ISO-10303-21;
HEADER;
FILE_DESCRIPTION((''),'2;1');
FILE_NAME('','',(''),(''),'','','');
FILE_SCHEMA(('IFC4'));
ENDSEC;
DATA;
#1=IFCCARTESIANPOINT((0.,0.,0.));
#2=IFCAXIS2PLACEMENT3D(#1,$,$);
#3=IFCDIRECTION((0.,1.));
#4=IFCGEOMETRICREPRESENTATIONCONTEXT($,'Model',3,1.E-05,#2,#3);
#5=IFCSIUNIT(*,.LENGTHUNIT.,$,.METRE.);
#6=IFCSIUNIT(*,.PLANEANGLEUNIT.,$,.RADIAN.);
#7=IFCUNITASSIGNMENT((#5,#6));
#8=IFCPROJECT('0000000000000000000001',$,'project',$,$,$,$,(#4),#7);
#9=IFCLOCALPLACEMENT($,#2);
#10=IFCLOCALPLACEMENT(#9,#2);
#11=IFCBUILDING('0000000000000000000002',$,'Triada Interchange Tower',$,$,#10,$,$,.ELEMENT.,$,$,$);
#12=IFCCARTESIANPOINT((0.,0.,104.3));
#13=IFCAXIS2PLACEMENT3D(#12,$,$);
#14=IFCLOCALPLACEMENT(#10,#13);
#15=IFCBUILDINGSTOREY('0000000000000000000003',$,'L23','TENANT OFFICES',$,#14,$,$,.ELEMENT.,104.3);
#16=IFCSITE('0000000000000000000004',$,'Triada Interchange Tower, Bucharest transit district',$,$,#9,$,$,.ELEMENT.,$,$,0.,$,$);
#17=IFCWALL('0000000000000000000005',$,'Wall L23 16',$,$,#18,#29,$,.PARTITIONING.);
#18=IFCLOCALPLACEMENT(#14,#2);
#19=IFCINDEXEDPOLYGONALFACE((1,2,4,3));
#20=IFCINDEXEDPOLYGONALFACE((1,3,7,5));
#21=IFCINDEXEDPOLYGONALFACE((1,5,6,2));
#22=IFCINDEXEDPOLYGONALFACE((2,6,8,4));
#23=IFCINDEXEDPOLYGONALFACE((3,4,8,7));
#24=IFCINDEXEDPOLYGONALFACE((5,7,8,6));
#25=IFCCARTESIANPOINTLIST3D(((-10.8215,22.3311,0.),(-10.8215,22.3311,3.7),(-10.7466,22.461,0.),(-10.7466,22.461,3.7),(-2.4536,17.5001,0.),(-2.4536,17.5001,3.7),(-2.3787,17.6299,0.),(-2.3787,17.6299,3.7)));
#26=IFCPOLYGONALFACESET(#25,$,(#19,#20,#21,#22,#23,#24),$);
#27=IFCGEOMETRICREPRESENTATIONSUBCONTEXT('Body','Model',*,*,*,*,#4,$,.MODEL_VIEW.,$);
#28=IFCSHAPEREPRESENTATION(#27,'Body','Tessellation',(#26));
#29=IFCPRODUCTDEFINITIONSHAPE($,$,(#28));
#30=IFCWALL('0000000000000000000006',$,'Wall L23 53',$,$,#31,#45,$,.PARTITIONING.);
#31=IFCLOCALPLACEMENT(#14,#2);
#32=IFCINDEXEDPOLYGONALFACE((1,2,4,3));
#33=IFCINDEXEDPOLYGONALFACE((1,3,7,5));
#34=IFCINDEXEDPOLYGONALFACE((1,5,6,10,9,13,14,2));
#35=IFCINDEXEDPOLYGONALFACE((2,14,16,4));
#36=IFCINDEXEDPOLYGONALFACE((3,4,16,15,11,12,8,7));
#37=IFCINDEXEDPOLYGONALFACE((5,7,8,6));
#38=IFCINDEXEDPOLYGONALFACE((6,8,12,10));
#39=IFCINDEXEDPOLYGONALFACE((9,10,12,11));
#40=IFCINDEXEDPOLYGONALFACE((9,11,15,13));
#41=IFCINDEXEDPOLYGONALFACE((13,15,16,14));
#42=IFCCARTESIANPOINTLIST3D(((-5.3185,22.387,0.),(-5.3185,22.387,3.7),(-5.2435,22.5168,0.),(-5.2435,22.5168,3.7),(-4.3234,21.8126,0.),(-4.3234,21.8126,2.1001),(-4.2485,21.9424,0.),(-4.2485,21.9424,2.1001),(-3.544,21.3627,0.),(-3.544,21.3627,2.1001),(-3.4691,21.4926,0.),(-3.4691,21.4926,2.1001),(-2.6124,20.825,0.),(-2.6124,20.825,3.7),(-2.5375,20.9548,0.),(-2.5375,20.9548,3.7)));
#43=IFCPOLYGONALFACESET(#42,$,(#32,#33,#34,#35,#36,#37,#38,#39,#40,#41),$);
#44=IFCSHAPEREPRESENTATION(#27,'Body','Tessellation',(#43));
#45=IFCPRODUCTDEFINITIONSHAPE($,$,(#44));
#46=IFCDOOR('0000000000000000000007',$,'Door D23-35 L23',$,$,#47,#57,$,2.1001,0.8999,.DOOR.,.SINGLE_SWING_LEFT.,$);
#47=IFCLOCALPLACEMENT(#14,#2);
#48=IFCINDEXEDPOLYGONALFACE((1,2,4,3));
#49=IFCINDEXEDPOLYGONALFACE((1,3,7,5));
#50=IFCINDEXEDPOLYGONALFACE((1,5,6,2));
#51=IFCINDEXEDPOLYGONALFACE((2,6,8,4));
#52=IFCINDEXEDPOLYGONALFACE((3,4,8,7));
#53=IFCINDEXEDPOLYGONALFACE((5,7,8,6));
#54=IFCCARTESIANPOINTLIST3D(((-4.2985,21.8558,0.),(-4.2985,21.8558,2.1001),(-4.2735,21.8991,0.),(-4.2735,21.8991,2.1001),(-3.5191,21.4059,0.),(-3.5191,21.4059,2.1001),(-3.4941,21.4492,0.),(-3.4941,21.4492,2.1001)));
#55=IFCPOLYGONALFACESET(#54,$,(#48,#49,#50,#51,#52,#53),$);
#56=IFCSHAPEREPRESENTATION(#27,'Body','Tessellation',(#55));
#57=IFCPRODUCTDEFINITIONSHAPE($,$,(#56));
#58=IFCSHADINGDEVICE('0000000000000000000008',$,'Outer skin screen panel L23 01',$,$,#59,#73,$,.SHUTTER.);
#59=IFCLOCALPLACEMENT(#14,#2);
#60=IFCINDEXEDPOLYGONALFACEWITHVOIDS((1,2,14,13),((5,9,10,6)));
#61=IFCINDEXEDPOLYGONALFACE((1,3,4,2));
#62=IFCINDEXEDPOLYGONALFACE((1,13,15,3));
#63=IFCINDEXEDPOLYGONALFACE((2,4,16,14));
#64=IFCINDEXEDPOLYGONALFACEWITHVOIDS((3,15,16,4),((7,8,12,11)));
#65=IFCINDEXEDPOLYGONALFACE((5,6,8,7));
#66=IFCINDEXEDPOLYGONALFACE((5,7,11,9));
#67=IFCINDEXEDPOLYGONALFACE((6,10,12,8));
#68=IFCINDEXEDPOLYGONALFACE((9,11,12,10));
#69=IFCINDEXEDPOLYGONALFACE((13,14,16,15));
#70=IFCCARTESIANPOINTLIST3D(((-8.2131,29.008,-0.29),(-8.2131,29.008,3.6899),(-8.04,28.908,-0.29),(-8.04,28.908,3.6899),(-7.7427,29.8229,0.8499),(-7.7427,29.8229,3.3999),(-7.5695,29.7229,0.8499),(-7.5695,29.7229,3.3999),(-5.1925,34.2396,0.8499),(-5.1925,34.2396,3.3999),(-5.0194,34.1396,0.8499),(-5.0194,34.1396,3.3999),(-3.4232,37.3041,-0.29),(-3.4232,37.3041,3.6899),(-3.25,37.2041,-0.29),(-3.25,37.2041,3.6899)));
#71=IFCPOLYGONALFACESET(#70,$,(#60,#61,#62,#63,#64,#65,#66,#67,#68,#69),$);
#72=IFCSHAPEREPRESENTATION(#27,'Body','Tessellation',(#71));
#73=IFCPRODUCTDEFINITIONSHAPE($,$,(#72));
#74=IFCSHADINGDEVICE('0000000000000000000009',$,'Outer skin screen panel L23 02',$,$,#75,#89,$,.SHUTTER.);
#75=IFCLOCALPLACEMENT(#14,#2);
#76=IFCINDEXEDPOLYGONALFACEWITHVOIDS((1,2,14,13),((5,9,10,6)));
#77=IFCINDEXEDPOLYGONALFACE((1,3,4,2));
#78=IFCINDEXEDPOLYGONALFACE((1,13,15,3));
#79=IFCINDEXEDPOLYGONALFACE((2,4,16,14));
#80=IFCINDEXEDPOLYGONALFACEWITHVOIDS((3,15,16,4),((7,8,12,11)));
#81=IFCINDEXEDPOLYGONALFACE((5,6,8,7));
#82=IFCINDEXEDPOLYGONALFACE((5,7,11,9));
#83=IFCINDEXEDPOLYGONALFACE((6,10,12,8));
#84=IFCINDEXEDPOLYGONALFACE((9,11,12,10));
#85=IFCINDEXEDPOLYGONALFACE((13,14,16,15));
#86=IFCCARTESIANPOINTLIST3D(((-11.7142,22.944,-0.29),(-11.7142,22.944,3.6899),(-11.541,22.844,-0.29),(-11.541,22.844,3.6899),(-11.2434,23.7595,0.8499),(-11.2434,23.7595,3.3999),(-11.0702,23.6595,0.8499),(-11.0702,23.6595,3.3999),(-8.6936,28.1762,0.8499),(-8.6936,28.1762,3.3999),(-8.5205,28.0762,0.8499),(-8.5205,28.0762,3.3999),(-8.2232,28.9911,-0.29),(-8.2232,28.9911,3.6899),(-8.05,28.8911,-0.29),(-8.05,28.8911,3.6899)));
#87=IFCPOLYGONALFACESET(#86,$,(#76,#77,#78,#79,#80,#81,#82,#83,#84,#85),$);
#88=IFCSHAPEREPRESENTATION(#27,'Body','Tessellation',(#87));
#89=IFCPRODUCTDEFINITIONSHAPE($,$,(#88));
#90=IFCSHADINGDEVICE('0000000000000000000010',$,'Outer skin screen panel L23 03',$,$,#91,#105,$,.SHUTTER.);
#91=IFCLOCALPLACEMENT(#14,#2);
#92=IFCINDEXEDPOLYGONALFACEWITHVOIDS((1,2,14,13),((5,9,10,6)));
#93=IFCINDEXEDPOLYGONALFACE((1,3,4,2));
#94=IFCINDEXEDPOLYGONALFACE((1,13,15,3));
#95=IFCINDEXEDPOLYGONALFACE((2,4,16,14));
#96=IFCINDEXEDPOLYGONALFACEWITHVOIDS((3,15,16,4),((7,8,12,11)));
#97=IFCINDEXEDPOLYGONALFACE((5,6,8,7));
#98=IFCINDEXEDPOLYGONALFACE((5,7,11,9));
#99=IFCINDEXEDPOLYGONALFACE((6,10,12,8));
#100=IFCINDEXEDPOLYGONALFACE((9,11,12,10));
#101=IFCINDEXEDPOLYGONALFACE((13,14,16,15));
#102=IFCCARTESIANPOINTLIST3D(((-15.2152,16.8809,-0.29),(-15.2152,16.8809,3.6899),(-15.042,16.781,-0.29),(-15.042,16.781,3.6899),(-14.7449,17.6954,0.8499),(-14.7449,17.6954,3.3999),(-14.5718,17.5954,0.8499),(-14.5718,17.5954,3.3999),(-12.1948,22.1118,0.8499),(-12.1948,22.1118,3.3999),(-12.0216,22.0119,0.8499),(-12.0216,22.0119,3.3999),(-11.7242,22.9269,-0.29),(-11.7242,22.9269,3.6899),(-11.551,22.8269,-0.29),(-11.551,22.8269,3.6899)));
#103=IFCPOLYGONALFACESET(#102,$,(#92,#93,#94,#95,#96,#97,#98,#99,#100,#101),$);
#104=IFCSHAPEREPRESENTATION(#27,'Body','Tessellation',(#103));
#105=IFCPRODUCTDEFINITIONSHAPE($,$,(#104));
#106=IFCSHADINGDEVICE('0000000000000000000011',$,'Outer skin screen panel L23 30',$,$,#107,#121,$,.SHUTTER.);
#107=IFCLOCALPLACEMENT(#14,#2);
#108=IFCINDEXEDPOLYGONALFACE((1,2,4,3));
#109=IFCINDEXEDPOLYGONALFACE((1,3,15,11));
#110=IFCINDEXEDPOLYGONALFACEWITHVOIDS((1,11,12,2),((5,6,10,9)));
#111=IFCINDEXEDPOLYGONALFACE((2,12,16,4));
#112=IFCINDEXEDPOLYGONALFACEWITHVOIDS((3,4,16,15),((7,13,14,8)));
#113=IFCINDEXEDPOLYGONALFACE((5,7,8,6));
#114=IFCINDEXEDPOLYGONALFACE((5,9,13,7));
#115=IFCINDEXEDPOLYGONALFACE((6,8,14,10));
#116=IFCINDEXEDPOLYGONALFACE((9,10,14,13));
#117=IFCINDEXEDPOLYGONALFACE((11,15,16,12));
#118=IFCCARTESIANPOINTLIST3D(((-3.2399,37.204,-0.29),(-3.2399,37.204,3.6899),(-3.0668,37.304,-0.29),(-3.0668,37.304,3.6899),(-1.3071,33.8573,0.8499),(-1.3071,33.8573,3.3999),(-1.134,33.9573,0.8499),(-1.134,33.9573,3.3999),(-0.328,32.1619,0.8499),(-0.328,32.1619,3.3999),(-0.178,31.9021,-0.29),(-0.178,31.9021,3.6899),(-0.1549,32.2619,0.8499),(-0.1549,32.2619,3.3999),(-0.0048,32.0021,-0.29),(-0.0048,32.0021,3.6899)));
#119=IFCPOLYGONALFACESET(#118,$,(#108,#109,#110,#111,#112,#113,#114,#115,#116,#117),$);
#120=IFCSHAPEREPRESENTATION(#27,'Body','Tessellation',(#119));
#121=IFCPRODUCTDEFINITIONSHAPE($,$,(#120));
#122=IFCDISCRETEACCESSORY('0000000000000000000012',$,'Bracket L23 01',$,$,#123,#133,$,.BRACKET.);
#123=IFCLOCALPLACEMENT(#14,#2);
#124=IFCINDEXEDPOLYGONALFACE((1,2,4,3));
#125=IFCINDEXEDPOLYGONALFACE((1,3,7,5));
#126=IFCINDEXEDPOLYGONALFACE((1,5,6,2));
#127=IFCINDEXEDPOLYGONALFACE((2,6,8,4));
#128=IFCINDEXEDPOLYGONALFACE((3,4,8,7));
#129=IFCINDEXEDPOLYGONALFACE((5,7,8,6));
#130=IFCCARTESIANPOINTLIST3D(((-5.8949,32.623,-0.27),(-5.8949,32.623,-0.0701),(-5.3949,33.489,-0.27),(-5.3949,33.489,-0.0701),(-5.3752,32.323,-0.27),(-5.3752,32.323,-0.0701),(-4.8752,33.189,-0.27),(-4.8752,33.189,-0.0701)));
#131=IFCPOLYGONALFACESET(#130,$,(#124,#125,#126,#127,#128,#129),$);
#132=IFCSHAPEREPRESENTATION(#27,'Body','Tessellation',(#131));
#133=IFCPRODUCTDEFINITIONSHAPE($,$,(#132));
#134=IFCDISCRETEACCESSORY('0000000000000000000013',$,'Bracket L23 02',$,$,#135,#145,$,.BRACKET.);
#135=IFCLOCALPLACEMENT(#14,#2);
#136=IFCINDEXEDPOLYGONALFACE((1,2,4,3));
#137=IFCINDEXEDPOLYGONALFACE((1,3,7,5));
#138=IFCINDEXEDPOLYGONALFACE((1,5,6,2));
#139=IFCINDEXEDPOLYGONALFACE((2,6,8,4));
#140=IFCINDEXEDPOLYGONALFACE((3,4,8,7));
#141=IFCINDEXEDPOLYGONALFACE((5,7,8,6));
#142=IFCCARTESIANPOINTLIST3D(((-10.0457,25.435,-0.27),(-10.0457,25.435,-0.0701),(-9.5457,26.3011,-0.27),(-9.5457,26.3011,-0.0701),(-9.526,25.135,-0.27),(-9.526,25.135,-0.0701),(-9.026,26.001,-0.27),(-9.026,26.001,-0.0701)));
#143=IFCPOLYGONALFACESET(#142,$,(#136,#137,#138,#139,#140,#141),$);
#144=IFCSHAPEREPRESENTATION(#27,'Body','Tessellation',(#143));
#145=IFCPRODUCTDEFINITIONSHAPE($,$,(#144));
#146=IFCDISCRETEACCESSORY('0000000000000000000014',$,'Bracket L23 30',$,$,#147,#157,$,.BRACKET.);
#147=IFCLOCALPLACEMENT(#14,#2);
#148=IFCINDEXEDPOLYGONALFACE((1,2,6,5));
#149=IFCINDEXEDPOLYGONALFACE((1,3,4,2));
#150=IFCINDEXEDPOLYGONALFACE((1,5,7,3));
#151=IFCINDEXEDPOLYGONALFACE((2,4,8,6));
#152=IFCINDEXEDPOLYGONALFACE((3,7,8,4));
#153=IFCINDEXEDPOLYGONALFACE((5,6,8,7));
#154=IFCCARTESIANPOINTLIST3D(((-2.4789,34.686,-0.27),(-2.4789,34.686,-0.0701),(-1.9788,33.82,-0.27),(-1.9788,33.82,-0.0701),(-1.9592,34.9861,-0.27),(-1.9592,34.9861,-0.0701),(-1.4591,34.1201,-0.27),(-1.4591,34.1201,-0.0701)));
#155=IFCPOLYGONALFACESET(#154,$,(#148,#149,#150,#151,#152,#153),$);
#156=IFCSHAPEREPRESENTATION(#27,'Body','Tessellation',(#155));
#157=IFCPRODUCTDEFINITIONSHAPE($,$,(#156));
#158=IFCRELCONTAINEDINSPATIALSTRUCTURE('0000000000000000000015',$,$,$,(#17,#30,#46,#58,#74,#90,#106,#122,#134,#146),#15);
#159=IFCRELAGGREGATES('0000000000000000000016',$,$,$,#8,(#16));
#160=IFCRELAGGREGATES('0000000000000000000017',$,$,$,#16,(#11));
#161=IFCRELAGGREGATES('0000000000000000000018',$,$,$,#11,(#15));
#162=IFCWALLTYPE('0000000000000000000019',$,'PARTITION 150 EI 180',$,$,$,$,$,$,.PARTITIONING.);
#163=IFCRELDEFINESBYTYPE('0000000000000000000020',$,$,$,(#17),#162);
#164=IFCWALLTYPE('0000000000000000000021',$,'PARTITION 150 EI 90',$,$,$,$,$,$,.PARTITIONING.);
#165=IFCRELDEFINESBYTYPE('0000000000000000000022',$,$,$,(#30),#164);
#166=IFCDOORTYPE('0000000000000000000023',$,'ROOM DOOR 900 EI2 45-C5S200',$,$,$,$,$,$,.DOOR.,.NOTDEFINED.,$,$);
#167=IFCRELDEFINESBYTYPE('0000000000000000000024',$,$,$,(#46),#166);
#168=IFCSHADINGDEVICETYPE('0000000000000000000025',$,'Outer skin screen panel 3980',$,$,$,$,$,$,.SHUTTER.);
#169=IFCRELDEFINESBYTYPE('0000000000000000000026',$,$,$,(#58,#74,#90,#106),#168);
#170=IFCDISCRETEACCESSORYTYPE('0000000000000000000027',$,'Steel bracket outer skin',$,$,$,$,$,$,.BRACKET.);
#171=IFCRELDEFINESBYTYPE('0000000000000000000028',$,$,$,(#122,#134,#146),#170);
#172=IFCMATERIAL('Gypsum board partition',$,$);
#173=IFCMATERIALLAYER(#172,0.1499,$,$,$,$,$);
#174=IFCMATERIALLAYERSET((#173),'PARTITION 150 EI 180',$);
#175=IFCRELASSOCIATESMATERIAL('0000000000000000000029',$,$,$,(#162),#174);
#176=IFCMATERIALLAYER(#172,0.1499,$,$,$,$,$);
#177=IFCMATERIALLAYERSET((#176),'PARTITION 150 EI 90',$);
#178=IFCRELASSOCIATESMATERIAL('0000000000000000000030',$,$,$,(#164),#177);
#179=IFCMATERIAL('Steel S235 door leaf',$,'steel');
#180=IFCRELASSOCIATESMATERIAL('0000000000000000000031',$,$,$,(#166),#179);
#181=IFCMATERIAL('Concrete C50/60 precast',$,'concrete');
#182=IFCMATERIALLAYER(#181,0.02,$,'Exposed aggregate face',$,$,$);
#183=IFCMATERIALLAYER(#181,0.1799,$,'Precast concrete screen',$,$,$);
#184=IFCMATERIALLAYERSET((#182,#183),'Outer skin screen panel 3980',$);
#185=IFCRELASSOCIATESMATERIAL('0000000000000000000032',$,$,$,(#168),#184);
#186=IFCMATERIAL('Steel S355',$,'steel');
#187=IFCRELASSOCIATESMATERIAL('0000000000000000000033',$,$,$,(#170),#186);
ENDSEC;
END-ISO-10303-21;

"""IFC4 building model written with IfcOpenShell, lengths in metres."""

from ifc_helpers import new_model, si_unit, direction, frame, frame_2d, origin, origin_2d, place, context, subcontext, project, spatial, polyline, rectangle, outline, extrude, material, layer, layer_set, type_object, element, fill, save


model = new_model("IFC4")

# Units and contexts
model_context = context("Model", 3, precision=1e-05, world=origin(), true_north=direction((0.0, 1.0)))
body_context = subcontext(model_context, "Body", "Model", "MODEL_VIEW")
ifc_project = project(units=[si_unit("LENGTHUNIT", "METRE"), si_unit("PLANEANGLEUNIT", "RADIAN")], contexts=[model_context])

# Site, building, storey
site_placement = place(None, origin())
site = spatial("IfcSite", under=ifc_project, at=site_placement, Name="Triada Interchange Tower, Bucharest transit district", CompositionType="ELEMENT", RefElevation=0.0)
building_placement = place(site_placement, origin())
building = spatial("IfcBuilding", under=site, at=building_placement, Name="Triada Interchange Tower", CompositionType="ELEMENT")
storey_placement = place(building_placement, frame((0.0, 0.0, 104.3)))
storey = spatial("IfcBuildingStorey", under=building, at=storey_placement, Name="L23", Description="TENANT OFFICES", CompositionType="ELEMENT", Elevation=104.3)

# Wall
ifc_material_1 = material(Name="Gypsum board partition")
ifc_layer_1 = layer(ifc_material_1, 0.1499)
ifc_layer_set_1 = layer_set([ifc_layer_1], Name="PARTITION 150 EI 180")
wall_type_1 = type_object("IfcWallType", Name="PARTITION 150 EI 180", PredefinedType="PARTITIONING", material=ifc_layer_set_1)
wall_1_placement = place(storey_placement, frame((-10.7839, 22.396, 0.0), z_axis=(0.0, 0.0, 1.0), x_axis=(0.866033, -0.499987, 0.0)))
element("IfcWall", 1, at=wall_1_placement, inside=storey, type_object=wall_type_1, Name="Wall L23 16", PredefinedType="PARTITIONING", context=body_context, shape_type="SweptSolid", body=[
    extrude(rectangle(XDim=9.6624, YDim=0.1499, at=frame_2d((4.8311, 0.0))), origin(), (0.0, 0.0, 1.0), 3.7),
])

# Wall, opening, door
ifc_layer_2 = layer(ifc_material_1, 0.1499)
ifc_layer_set_2 = layer_set([ifc_layer_2], Name="PARTITION 150 EI 90")
wall_type_2 = type_object("IfcWallType", Name="PARTITION 150 EI 90", PredefinedType="PARTITIONING", material=ifc_layer_set_2)
wall_2_placement = place(storey_placement, frame((-5.281, 22.4519, 0.0), z_axis=(0.0, 0.0, 1.0), x_axis=(0.866071, -0.499921, 0.0)))
wall_2 = element("IfcWall", 2, at=wall_2_placement, inside=storey, type_object=wall_type_2, Name="Wall L23 53", PredefinedType="PARTITIONING", context=body_context, shape_type="SweptSolid", body=[
    extrude(rectangle(XDim=3.1245, YDim=0.1499, at=frame_2d((1.5623, 0.0))), origin(), (0.0, 0.0, 1.0), 3.7),
])
opening_1_placement = place(wall_2_placement, frame((1.1489, 0.0, 0.0)))
opening_1 = element("IfcOpeningElement", 3, at=opening_1_placement, cuts=wall_2, PredefinedType="OPENING", context=body_context, shape_type="SweptSolid", body=[
    extrude(rectangle(XDim=0.8999, YDim=2.1001, at=frame_2d((0.45, 1.05))), frame((0.0, 0.085, 0.0), z_axis=(0.0, -1.0, 0.0), x_axis=(1.0, 0.0, 0.0)), (0.0, 0.0, 1.0), 0.1699),
])
ifc_material_2 = material(Name="Steel S235 door leaf", Category="steel")
door_type = type_object("IfcDoorType", Name="ROOM DOOR 900 EI2 45-C5S200", OperationType="NOTDEFINED", PredefinedType="DOOR", material=ifc_material_2)
door_placement = place(opening_1_placement, origin())
door = element("IfcDoor", 4, at=door_placement, inside=storey, type_object=door_type, Name="Door D23-35 L23", OperationType="SINGLE_SWING_LEFT", OverallHeight=2.1001, OverallWidth=0.8999, PredefinedType="DOOR", context=body_context, shape_type="SweptSolid", body=[
    extrude(rectangle(XDim=0.8999, YDim=2.1001, at=frame_2d((0.45, 1.05))), frame((0.0, 0.0249, 0.0), z_axis=(0.0, -1.0, 0.0), x_axis=(1.0, 0.0, 0.0)), (0.0, 0.0, 1.0), 0.05),
])
fill(opening_1, door)

# Shading devices
ifc_material_3 = material(Name="Concrete C50/60 precast", Category="concrete")
ifc_layer_3 = layer(ifc_material_3, 0.02, Name="Exposed aggregate face")
ifc_layer_4 = layer(ifc_material_3, 0.1799, Name="Precast concrete screen")
ifc_layer_set_3 = layer_set([ifc_layer_3, ifc_layer_4], Name="Outer skin screen panel 3980")
shading_device_type = type_object("IfcShadingDeviceType", Name="Outer skin screen panel 3980", PredefinedType="SHUTTER", material=ifc_layer_set_3)
shading_device_1_placement = place(storey_placement, frame((-3.25, 37.2041, -0.29), z_axis=(0.0, 0.0, 1.0), x_axis=(-0.50002, -0.866014, 0.0)))
element("IfcShadingDevice", 5, at=shading_device_1_placement, inside=storey, type_object=shading_device_type, Name="Outer skin screen panel L23 01", PredefinedType="SHUTTER", context=body_context, shape_type="SweptSolid", body=[
    extrude(outline(polyline([(0.0, 0.0), (9.5796, 0.0), (9.5796, 3.98), (0.0, 3.98), (0.0, 0.0)]), holes=[polyline([(3.5386, 1.1399), (3.5386, 3.6899), (8.6387, 3.6899), (8.6387, 1.1399), (3.5386, 1.1399)])]), frame((0.0, 0.0, 0.0), z_axis=(0.0, -1.0, 0.0), x_axis=(1.0, 0.0, 0.0)), (0.0, 0.0, 1.0), 0.2),
])
shading_device_2_placement = place(storey_placement, frame((-8.05, 28.8911, -0.29), z_axis=(0.0, 0.0, 1.0), x_axis=(-0.499964, -0.866046, 0.0)))
element("IfcShadingDevice", 6, at=shading_device_2_placement, inside=storey, type_object=shading_device_type, Name="Outer skin screen panel L23 02", PredefinedType="SHUTTER", context=body_context, shape_type="SweptSolid", body=[
    extrude(outline(polyline([(0.0, 0.0), (6.9824, 0.0), (6.9824, 3.98), (0.0, 3.98), (0.0, 0.0)]), holes=[polyline([(0.9409, 1.1399), (0.9409, 3.6899), (6.0408, 3.6899), (6.0408, 1.1399), (0.9409, 1.1399)])]), frame((0.0, 0.0, 0.0), z_axis=(0.0, -1.0, 0.0), x_axis=(1.0, 0.0, 0.0)), (0.0, 0.0, 1.0), 0.2),
])
shading_device_3_placement = place(storey_placement, frame((-11.551, 22.8269, -0.29), z_axis=(0.0, 0.0, 1.0), x_axis=(-0.500039, -0.866003, 0.0)))
element("IfcShadingDevice", 7, at=shading_device_3_placement, inside=storey, type_object=shading_device_type, Name="Outer skin screen panel L23 03", PredefinedType="SHUTTER", context=body_context, shape_type="SweptSolid", body=[
    extrude(outline(polyline([(0.0, 0.0), (6.9814, 0.0), (6.9814, 3.98), (0.0, 3.98), (0.0, 0.0)]), holes=[polyline([(0.9412, 1.1399), (0.9412, 3.6899), (6.041, 3.6899), (6.041, 1.1399), (0.9412, 1.1399)])]), frame((0.0, 0.0, 0.0), z_axis=(0.0, -1.0, 0.0), x_axis=(1.0, 0.0, 0.0)), (0.0, 0.0, 1.0), 0.2),
])
shading_device_4_placement = place(storey_placement, frame((-0.178, 31.9021, -0.29), z_axis=(0.0, 0.0, 1.0), x_axis=(-0.50011, 0.865962, 0.0)))
element("IfcShadingDevice", 8, at=shading_device_4_placement, inside=storey, type_object=shading_device_type, Name="Outer skin screen panel L23 30", PredefinedType="SHUTTER", context=body_context, shape_type="SweptSolid", body=[
    extrude(outline(polyline([(0.0, 0.0), (6.1226, 0.0), (6.1226, 3.98), (0.0, 3.98), (0.0, 0.0)]), holes=[polyline([(0.3, 1.1399), (0.3, 3.6899), (2.2578, 3.6899), (2.2578, 1.1399), (0.3, 1.1399)])]), frame((0.0, 0.0, 0.0), z_axis=(0.0, -1.0, 0.0), x_axis=(1.0, 0.0, 0.0)), (0.0, 0.0, 1.0), 0.2),
])

# Discrete accessories
ifc_material_4 = material(Name="Steel S355", Category="steel")
discrete_accessory_type = type_object("IfcDiscreteAccessoryType", Name="Steel bracket outer skin", PredefinedType="BRACKET", material=ifc_material_4)
for number, where, z_axis, x_axis, name in (
    (9, (-5.385, 32.906, -0.27), (0.0, 0.0, 1.0), (-0.866022, 0.500006, 0.0), "Bracket L23 01"),
    (10, (-9.5359, 25.718, -0.27), (0.0, 0.0, 1.0), (-0.866022, 0.500006, 0.0), "Bracket L23 02"),
    (11, (-1.969, 34.4031, -0.27), (0.0, 0.0, 1.0), (0.866006, 0.500034, 0.0), "Bracket L23 30"),
):
    element("IfcDiscreteAccessory", number, at=place(storey_placement, frame(where, z_axis=z_axis, x_axis=x_axis)), inside=storey, type_object=discrete_accessory_type, Name=name, PredefinedType="BRACKET", context=body_context, shape_type="SweptSolid", body=[
        extrude(rectangle(XDim=0.6001, YDim=1.0, at=origin_2d()), origin(), (0.0, 0.0, 1.0), 0.2),
    ])

save(model, "model.ifc")
